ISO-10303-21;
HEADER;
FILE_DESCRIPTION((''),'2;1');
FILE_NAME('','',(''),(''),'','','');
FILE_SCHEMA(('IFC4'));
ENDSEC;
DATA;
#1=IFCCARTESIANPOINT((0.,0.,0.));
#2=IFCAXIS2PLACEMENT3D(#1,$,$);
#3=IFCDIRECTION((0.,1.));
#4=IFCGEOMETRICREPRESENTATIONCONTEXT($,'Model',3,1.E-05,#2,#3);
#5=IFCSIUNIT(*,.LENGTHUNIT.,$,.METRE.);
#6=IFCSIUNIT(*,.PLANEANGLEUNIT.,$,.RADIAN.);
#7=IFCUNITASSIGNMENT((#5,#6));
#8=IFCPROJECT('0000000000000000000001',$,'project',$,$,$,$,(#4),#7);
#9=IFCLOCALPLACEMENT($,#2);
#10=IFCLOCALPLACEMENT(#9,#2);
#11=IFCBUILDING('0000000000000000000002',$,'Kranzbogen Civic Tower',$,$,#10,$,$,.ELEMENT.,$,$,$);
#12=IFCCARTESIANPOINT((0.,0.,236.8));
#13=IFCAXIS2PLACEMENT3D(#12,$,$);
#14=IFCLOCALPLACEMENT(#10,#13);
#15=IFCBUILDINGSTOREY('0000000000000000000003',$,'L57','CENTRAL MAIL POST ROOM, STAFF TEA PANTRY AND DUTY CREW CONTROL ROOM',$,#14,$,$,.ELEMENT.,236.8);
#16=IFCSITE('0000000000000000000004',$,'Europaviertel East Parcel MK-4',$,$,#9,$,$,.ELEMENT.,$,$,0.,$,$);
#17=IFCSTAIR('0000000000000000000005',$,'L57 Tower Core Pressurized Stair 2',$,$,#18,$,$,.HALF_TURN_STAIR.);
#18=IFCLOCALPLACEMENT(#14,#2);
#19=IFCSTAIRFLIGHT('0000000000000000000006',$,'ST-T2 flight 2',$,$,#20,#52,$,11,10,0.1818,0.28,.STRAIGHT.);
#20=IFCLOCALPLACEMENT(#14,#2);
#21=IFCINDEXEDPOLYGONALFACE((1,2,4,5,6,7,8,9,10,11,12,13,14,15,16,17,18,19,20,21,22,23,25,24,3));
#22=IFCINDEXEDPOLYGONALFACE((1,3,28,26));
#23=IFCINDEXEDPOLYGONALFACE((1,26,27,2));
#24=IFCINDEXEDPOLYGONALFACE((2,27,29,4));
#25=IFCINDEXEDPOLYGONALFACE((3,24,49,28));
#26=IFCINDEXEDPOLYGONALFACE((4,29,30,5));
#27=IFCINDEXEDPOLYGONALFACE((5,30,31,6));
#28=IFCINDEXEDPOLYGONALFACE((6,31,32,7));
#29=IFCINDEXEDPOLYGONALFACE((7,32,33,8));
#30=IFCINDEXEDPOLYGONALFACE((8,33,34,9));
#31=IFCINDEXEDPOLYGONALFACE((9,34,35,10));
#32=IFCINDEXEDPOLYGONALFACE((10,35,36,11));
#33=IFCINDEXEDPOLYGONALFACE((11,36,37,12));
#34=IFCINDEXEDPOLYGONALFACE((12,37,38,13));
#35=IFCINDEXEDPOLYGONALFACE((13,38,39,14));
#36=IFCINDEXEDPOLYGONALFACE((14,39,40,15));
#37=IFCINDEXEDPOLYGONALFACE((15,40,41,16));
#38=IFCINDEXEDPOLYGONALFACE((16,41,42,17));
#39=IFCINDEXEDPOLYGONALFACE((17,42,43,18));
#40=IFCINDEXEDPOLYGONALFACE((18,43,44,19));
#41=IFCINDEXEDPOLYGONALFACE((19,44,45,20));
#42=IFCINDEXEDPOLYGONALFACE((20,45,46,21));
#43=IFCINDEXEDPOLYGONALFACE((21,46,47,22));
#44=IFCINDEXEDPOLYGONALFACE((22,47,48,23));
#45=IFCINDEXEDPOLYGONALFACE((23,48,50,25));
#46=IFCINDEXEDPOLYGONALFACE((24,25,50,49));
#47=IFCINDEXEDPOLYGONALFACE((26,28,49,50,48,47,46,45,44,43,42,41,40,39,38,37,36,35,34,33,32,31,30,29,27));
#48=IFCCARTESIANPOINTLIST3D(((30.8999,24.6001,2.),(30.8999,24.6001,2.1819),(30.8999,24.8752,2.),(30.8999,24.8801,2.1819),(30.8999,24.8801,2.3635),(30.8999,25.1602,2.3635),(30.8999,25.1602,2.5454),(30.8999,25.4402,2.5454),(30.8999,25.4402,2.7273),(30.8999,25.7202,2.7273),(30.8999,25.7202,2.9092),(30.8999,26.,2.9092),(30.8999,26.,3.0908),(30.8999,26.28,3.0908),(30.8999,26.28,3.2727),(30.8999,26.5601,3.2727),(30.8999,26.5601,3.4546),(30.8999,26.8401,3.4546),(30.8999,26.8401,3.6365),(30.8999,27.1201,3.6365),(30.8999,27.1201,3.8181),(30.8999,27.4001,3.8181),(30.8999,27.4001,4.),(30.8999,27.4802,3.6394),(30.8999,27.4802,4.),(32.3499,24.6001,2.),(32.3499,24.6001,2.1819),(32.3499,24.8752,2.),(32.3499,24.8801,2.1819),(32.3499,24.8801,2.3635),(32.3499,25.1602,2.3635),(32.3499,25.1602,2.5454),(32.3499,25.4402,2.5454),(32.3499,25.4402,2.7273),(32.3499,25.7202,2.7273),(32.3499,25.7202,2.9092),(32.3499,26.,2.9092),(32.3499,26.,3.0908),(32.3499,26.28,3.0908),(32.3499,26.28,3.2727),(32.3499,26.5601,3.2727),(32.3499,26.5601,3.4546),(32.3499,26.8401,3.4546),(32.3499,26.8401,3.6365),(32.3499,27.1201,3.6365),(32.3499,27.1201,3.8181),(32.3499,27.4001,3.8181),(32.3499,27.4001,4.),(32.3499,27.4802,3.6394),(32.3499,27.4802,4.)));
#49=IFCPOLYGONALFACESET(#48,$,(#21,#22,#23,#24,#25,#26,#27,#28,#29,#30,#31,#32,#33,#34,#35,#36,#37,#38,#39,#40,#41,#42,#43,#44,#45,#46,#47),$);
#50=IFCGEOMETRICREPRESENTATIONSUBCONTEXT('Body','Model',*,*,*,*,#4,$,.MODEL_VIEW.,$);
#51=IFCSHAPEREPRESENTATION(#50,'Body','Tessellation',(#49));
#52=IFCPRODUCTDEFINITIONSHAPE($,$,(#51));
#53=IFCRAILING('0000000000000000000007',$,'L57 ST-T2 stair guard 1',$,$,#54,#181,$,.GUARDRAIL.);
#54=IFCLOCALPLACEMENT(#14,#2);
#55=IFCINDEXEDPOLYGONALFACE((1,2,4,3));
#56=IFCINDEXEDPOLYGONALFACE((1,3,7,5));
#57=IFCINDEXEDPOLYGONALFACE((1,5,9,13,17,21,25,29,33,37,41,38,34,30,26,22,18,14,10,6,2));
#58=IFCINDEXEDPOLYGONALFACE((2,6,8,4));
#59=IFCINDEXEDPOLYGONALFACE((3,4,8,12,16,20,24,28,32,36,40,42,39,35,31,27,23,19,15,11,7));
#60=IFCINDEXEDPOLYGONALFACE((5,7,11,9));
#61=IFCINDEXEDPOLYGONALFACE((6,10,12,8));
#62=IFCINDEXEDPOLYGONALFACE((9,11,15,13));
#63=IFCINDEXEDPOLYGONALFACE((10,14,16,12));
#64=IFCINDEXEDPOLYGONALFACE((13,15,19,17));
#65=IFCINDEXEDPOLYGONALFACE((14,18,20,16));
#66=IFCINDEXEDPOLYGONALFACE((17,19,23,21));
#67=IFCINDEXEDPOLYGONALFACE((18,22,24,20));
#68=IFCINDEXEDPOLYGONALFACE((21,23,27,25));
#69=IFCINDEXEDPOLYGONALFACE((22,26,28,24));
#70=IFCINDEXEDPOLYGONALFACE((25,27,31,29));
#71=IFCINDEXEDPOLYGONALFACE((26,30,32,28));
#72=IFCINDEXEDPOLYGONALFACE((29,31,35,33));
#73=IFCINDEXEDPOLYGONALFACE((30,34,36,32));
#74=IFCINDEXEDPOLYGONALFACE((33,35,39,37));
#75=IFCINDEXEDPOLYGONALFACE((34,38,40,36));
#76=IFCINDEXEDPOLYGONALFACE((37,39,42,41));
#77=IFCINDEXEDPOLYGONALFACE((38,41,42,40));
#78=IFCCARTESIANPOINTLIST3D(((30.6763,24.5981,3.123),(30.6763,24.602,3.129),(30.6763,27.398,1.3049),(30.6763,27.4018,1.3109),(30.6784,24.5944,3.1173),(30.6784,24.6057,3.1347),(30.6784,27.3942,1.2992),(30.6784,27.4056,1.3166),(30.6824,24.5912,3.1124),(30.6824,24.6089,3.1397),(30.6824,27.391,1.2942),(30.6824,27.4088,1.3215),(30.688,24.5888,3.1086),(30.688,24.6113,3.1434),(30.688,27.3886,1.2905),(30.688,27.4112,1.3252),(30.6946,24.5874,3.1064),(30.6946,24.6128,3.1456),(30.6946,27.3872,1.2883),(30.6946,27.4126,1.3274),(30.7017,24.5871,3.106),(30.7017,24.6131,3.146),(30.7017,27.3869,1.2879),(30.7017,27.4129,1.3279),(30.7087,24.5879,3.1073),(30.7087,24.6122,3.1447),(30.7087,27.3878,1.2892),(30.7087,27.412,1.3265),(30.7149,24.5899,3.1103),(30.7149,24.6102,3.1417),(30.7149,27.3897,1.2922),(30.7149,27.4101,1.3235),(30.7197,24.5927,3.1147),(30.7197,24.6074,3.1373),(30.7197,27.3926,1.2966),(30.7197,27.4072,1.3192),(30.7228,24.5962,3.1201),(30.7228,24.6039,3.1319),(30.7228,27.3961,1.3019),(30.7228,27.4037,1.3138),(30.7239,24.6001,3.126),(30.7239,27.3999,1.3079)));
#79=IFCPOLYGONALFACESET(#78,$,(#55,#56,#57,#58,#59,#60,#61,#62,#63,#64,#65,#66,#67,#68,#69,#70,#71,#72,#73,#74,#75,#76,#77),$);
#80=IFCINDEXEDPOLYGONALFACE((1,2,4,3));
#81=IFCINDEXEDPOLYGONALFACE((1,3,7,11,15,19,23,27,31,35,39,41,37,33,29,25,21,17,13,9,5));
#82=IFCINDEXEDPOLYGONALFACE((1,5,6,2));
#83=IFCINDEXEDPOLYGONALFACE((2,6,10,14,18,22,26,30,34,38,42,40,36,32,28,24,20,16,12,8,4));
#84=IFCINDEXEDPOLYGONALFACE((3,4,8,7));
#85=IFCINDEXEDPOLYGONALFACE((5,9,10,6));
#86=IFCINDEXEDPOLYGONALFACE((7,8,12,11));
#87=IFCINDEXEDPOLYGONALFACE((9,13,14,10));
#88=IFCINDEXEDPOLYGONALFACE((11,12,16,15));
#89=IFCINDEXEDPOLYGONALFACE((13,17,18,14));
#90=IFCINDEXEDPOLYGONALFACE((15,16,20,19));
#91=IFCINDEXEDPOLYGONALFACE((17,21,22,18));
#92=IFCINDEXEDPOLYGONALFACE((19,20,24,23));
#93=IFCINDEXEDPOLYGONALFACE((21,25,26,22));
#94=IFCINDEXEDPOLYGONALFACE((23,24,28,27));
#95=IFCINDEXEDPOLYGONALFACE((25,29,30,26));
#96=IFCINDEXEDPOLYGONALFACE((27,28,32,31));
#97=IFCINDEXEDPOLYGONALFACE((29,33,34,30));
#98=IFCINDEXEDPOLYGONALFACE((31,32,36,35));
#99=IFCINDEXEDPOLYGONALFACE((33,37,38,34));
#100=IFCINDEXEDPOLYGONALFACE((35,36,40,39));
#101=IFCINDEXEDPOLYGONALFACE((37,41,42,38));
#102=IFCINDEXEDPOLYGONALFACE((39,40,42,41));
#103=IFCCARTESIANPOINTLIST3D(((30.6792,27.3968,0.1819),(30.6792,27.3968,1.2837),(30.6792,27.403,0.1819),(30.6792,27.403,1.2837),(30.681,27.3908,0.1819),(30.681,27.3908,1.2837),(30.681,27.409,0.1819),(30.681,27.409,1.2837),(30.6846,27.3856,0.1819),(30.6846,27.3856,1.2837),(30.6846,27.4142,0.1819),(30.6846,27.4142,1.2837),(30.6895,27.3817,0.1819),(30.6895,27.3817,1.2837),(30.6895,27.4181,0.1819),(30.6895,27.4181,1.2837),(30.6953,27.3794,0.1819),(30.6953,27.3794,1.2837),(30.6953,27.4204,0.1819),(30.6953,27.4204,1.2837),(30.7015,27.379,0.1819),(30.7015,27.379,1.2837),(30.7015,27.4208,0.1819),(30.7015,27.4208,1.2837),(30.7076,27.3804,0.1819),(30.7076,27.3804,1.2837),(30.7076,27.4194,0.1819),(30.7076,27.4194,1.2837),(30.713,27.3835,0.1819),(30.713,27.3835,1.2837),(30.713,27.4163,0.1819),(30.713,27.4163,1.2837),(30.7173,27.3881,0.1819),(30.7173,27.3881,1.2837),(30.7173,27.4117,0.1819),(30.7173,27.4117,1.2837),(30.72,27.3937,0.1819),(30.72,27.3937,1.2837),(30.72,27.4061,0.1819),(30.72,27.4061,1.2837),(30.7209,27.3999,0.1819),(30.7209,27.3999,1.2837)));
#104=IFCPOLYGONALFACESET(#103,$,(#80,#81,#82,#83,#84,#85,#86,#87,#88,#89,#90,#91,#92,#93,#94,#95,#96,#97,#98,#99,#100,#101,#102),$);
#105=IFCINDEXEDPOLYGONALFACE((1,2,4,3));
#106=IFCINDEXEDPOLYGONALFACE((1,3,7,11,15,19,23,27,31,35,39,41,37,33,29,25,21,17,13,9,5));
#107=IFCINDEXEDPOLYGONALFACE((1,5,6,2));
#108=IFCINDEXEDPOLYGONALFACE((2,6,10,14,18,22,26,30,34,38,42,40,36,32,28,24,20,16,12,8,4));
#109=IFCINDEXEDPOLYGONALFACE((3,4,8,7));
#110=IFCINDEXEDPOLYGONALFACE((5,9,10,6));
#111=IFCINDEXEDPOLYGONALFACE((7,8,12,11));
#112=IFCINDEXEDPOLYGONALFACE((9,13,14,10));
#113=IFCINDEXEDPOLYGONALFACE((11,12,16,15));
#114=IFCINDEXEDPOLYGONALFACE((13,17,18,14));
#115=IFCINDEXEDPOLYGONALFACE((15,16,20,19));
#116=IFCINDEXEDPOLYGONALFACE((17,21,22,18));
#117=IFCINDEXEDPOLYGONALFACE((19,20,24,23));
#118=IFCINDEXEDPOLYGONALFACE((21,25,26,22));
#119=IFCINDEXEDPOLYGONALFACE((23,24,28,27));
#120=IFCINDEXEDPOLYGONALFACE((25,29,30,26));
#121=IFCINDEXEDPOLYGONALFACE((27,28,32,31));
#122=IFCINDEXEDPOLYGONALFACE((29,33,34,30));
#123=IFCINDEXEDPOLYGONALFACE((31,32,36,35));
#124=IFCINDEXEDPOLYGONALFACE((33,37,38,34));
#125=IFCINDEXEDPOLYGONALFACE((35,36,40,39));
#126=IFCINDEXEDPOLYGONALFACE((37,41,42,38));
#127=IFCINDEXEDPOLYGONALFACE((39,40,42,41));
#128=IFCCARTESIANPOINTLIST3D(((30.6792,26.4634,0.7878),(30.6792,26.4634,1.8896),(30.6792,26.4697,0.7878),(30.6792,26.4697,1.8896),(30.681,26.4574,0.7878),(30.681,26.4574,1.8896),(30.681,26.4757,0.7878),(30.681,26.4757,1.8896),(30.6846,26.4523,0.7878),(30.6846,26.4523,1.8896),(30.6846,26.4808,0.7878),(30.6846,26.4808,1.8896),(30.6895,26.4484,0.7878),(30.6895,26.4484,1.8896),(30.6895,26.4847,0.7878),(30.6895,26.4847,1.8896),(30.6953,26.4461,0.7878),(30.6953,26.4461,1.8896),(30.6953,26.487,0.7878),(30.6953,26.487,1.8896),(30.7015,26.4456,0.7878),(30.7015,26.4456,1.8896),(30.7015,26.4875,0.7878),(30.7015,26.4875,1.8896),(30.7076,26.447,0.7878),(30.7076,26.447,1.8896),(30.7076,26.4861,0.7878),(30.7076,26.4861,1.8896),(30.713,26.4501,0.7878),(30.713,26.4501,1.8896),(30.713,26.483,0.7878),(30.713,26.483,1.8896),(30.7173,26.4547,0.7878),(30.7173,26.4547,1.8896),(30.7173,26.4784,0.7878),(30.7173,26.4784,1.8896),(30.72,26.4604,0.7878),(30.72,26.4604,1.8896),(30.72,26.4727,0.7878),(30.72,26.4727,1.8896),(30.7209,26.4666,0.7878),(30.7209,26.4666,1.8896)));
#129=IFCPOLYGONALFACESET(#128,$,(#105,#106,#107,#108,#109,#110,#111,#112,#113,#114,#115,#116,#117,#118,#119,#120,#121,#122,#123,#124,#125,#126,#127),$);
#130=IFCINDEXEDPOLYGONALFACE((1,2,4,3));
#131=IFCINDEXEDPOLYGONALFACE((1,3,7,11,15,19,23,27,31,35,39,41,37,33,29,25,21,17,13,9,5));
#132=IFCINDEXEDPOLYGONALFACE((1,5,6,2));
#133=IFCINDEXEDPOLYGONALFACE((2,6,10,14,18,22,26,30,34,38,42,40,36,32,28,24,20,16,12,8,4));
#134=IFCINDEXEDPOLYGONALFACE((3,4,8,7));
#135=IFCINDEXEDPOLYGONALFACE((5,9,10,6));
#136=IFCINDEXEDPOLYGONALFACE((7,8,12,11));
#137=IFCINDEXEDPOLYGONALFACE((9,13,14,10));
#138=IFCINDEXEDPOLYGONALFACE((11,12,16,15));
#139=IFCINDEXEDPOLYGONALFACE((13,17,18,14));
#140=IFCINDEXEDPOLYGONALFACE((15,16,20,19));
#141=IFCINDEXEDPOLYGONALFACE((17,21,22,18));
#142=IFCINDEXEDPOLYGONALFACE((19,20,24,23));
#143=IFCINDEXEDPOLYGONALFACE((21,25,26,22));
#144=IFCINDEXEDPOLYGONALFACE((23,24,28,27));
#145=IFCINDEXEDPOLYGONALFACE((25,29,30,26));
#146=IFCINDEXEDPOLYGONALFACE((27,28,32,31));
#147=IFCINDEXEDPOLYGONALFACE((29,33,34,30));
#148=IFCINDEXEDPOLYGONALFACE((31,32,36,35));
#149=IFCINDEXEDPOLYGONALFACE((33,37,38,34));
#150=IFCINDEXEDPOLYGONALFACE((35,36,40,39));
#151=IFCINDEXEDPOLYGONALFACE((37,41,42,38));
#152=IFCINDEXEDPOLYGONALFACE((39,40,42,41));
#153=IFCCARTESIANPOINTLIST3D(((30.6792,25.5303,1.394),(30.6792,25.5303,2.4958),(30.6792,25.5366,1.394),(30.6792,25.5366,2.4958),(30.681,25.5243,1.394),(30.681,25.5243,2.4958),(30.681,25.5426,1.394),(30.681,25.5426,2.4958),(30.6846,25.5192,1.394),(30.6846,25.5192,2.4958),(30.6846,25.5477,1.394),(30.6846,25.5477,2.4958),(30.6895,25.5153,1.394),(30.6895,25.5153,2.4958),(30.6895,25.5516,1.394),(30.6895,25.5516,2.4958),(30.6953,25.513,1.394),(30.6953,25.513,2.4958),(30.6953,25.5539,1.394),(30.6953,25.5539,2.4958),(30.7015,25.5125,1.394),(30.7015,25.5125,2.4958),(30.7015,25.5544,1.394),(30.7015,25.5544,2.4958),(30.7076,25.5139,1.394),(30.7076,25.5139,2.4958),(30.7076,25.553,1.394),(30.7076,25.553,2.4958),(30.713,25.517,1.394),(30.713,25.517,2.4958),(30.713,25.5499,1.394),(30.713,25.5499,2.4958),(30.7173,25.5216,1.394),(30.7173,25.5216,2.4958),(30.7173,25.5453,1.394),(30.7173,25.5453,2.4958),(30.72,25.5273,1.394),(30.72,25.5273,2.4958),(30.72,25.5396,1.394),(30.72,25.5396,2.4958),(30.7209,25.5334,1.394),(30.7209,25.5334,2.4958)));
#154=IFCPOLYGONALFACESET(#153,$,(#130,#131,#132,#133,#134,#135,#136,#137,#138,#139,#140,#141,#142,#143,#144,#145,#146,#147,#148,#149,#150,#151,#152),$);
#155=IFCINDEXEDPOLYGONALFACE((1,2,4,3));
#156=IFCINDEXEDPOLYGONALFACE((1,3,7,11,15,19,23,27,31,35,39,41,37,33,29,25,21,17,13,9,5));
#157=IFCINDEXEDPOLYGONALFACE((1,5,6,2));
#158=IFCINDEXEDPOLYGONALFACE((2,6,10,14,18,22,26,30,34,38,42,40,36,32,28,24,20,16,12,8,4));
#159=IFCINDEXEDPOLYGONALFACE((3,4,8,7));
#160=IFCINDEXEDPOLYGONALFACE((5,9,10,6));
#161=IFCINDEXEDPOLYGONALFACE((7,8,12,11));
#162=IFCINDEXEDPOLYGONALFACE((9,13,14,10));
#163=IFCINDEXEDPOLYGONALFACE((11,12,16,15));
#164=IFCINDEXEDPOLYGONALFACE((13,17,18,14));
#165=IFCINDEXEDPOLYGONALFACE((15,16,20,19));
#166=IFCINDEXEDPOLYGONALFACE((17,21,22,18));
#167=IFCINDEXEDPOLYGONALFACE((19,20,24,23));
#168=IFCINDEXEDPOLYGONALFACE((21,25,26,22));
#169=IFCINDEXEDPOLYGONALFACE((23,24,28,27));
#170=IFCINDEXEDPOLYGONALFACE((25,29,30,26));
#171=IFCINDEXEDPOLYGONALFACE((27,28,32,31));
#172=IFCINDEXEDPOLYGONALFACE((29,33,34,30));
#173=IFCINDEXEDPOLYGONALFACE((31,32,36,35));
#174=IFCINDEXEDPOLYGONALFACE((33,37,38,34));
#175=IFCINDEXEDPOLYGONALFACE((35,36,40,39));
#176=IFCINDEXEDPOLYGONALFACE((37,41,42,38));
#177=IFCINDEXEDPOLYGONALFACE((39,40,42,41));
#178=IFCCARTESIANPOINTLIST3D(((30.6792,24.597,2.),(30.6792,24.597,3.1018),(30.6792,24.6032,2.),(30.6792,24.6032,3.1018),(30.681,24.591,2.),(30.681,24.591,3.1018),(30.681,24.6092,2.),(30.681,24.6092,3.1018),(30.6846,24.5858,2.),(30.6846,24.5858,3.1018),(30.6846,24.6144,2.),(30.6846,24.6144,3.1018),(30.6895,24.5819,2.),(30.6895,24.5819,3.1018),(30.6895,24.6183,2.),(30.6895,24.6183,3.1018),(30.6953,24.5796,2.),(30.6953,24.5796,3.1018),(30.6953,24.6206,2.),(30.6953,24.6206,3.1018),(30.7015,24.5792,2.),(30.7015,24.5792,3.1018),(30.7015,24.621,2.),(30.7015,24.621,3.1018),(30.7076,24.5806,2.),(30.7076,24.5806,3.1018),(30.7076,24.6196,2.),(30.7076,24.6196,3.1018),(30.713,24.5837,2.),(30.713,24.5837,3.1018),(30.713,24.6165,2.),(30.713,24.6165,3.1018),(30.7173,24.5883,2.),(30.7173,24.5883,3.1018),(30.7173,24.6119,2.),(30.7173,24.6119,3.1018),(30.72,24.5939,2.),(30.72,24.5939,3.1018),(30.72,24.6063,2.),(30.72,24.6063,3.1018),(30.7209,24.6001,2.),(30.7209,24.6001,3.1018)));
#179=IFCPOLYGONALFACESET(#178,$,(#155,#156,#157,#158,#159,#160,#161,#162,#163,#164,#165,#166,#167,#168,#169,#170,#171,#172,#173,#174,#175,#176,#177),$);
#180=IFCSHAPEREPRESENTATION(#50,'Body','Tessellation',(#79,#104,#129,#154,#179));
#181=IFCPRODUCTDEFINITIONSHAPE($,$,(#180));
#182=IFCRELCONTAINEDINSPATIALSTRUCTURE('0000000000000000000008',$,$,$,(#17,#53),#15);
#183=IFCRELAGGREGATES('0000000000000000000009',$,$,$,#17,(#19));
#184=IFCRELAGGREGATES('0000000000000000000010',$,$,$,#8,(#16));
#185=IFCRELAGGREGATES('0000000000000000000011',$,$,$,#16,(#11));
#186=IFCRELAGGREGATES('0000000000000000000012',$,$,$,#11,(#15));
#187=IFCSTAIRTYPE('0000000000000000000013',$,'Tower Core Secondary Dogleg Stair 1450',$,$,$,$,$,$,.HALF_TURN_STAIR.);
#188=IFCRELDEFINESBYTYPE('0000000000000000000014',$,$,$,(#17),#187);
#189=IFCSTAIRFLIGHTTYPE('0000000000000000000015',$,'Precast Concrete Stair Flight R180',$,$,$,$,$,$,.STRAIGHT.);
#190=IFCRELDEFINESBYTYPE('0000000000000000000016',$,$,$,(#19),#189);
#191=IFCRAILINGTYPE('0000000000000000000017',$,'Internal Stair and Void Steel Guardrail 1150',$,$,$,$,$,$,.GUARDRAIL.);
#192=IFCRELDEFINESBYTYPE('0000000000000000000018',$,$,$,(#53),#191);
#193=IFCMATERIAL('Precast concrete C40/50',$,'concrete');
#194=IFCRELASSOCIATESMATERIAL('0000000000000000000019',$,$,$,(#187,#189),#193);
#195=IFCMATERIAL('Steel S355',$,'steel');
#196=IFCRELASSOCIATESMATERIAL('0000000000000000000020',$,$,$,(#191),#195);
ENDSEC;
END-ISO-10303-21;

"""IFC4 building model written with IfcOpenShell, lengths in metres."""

from ifc_helpers import new_model, si_unit, direction, frame, origin, origin_2d, place, context, subcontext, project, spatial, polyline, circle, outline, extrude, material, type_object, element, aggregate, save


model = new_model("IFC4")

# Units and contexts
model_context = context("Model", 3, precision=1e-05, world=origin(), true_north=direction((0.0, 1.0)))
body_context = subcontext(model_context, "Body", "Model", "MODEL_VIEW")
ifc_project = project(units=[si_unit("LENGTHUNIT", "METRE"), si_unit("PLANEANGLEUNIT", "RADIAN")], contexts=[model_context])

# Site, building, storey
site_placement = place(None, origin())
site = spatial("IfcSite", under=ifc_project, at=site_placement, Name="Europaviertel East Parcel MK-4", CompositionType="ELEMENT", RefElevation=0.0)
building_placement = place(site_placement, origin())
building = spatial("IfcBuilding", under=site, at=building_placement, Name="Kranzbogen Civic Tower", CompositionType="ELEMENT")
storey_placement = place(building_placement, frame((0.0, 0.0, 236.8)))
storey = spatial("IfcBuildingStorey", under=building, at=storey_placement, Name="L57", Description="CENTRAL MAIL POST ROOM, STAFF TEA PANTRY AND DUTY CREW CONTROL ROOM", CompositionType="ELEMENT", Elevation=236.8)

# Shared definitions
ifc_material_1 = material(Name="Steel S355", Category="steel")

# Stair, stair flight
ifc_material_2 = material(Name="Precast concrete C40/50", Category="concrete")
stair_type = type_object("IfcStairType", Name="Tower Core Secondary Dogleg Stair 1450", PredefinedType="HALF_TURN_STAIR", material=ifc_material_2)
stair_placement = place(storey_placement, origin())
stair = element("IfcStair", 1, at=stair_placement, inside=storey, type_object=stair_type, Name="L57 Tower Core Pressurized Stair 2", PredefinedType="HALF_TURN_STAIR")
stair_flight_type = type_object("IfcStairFlightType", Name="Precast Concrete Stair Flight R180", PredefinedType="STRAIGHT", material=ifc_material_2)
stair_flight_1_placement = place(storey_placement, frame((31.625, 24.6001, 2.0), z_axis=(0.0, 0.0, 1.0), x_axis=(0.0, 1.0, 0.0)))
stair_flight_1 = element("IfcStairFlight", 2, at=stair_flight_1_placement, type_object=stair_flight_type, Name="ST-T2 flight 2", NumberOfRisers=11, NumberOfTreads=10, PredefinedType="STRAIGHT", RiserHeight=0.1818, TreadLength=0.28, context=body_context, shape_type="SweptSolid", body=[
    extrude(outline(polyline([(0.0, 0.0), (0.0, 0.1819), (0.28, 0.1819), (0.28, 0.3635), (0.5601, 0.3635), (0.5601, 0.5454), (0.8401, 0.5454), (0.8401, 0.7273), (1.1201, 0.7273), (1.1201, 0.9092), (1.3999, 0.9092), (1.3999, 1.0908), (1.6799, 1.0908), (1.6799, 1.2727), (1.96, 1.2727), (1.96, 1.4546), (2.24, 1.4546), (2.24, 1.6365), (2.52, 1.6365), (2.52, 1.8181), (2.8, 1.8181), (2.8, 2.0), (2.8801, 2.0), (2.8801, 1.6394), (0.2751, 0.0), (0.0, 0.0)])), frame((0.0, 0.7251, 0.0), z_axis=(0.0, -1.0, 0.0), x_axis=(1.0, 0.0, 0.0)), (0.0, 0.0, 1.0), 1.45),
])
aggregate(stair, [stair_flight_1])

# Railing
railing_type_1 = type_object("IfcRailingType", Name="Internal Stair and Void Steel Guardrail 1150", PredefinedType="GUARDRAIL", material=ifc_material_1)
railing_1_placement = place(storey_placement, frame((30.7, 27.3999, 0.1819)))
element("IfcRailing", 3, at=railing_1_placement, inside=storey, type_object=railing_type_1, Name="L57 ST-T2 stair guard 1", PredefinedType="GUARDRAIL", context=body_context, shape_type="SweptSolid", body=[
    extrude(circle(Radius=0.0239, at=origin_2d()), frame((0.0, 0.0, 1.126), z_axis=(0.0, -0.838684, 0.544618), x_axis=(1.0, 0.0, 0.0)), (0.0, 0.0, 1.0), 3.3384),
    extrude(circle(Radius=0.021, at=origin_2d()), origin(), (0.0, 0.0, 1.0), 1.1018),
    extrude(circle(Radius=0.021, at=origin_2d()), frame((0.0, -0.9333, 0.606)), (0.0, 0.0, 1.0), 1.1018),
    extrude(circle(Radius=0.021, at=origin_2d()), frame((0.0, -1.8665, 1.2122)), (0.0, 0.0, 1.0), 1.1018),
    extrude(circle(Radius=0.021, at=origin_2d()), frame((0.0, -2.7998, 1.8181)), (0.0, 0.0, 1.0), 1.1018),
])

save(model, "model.ifc")
